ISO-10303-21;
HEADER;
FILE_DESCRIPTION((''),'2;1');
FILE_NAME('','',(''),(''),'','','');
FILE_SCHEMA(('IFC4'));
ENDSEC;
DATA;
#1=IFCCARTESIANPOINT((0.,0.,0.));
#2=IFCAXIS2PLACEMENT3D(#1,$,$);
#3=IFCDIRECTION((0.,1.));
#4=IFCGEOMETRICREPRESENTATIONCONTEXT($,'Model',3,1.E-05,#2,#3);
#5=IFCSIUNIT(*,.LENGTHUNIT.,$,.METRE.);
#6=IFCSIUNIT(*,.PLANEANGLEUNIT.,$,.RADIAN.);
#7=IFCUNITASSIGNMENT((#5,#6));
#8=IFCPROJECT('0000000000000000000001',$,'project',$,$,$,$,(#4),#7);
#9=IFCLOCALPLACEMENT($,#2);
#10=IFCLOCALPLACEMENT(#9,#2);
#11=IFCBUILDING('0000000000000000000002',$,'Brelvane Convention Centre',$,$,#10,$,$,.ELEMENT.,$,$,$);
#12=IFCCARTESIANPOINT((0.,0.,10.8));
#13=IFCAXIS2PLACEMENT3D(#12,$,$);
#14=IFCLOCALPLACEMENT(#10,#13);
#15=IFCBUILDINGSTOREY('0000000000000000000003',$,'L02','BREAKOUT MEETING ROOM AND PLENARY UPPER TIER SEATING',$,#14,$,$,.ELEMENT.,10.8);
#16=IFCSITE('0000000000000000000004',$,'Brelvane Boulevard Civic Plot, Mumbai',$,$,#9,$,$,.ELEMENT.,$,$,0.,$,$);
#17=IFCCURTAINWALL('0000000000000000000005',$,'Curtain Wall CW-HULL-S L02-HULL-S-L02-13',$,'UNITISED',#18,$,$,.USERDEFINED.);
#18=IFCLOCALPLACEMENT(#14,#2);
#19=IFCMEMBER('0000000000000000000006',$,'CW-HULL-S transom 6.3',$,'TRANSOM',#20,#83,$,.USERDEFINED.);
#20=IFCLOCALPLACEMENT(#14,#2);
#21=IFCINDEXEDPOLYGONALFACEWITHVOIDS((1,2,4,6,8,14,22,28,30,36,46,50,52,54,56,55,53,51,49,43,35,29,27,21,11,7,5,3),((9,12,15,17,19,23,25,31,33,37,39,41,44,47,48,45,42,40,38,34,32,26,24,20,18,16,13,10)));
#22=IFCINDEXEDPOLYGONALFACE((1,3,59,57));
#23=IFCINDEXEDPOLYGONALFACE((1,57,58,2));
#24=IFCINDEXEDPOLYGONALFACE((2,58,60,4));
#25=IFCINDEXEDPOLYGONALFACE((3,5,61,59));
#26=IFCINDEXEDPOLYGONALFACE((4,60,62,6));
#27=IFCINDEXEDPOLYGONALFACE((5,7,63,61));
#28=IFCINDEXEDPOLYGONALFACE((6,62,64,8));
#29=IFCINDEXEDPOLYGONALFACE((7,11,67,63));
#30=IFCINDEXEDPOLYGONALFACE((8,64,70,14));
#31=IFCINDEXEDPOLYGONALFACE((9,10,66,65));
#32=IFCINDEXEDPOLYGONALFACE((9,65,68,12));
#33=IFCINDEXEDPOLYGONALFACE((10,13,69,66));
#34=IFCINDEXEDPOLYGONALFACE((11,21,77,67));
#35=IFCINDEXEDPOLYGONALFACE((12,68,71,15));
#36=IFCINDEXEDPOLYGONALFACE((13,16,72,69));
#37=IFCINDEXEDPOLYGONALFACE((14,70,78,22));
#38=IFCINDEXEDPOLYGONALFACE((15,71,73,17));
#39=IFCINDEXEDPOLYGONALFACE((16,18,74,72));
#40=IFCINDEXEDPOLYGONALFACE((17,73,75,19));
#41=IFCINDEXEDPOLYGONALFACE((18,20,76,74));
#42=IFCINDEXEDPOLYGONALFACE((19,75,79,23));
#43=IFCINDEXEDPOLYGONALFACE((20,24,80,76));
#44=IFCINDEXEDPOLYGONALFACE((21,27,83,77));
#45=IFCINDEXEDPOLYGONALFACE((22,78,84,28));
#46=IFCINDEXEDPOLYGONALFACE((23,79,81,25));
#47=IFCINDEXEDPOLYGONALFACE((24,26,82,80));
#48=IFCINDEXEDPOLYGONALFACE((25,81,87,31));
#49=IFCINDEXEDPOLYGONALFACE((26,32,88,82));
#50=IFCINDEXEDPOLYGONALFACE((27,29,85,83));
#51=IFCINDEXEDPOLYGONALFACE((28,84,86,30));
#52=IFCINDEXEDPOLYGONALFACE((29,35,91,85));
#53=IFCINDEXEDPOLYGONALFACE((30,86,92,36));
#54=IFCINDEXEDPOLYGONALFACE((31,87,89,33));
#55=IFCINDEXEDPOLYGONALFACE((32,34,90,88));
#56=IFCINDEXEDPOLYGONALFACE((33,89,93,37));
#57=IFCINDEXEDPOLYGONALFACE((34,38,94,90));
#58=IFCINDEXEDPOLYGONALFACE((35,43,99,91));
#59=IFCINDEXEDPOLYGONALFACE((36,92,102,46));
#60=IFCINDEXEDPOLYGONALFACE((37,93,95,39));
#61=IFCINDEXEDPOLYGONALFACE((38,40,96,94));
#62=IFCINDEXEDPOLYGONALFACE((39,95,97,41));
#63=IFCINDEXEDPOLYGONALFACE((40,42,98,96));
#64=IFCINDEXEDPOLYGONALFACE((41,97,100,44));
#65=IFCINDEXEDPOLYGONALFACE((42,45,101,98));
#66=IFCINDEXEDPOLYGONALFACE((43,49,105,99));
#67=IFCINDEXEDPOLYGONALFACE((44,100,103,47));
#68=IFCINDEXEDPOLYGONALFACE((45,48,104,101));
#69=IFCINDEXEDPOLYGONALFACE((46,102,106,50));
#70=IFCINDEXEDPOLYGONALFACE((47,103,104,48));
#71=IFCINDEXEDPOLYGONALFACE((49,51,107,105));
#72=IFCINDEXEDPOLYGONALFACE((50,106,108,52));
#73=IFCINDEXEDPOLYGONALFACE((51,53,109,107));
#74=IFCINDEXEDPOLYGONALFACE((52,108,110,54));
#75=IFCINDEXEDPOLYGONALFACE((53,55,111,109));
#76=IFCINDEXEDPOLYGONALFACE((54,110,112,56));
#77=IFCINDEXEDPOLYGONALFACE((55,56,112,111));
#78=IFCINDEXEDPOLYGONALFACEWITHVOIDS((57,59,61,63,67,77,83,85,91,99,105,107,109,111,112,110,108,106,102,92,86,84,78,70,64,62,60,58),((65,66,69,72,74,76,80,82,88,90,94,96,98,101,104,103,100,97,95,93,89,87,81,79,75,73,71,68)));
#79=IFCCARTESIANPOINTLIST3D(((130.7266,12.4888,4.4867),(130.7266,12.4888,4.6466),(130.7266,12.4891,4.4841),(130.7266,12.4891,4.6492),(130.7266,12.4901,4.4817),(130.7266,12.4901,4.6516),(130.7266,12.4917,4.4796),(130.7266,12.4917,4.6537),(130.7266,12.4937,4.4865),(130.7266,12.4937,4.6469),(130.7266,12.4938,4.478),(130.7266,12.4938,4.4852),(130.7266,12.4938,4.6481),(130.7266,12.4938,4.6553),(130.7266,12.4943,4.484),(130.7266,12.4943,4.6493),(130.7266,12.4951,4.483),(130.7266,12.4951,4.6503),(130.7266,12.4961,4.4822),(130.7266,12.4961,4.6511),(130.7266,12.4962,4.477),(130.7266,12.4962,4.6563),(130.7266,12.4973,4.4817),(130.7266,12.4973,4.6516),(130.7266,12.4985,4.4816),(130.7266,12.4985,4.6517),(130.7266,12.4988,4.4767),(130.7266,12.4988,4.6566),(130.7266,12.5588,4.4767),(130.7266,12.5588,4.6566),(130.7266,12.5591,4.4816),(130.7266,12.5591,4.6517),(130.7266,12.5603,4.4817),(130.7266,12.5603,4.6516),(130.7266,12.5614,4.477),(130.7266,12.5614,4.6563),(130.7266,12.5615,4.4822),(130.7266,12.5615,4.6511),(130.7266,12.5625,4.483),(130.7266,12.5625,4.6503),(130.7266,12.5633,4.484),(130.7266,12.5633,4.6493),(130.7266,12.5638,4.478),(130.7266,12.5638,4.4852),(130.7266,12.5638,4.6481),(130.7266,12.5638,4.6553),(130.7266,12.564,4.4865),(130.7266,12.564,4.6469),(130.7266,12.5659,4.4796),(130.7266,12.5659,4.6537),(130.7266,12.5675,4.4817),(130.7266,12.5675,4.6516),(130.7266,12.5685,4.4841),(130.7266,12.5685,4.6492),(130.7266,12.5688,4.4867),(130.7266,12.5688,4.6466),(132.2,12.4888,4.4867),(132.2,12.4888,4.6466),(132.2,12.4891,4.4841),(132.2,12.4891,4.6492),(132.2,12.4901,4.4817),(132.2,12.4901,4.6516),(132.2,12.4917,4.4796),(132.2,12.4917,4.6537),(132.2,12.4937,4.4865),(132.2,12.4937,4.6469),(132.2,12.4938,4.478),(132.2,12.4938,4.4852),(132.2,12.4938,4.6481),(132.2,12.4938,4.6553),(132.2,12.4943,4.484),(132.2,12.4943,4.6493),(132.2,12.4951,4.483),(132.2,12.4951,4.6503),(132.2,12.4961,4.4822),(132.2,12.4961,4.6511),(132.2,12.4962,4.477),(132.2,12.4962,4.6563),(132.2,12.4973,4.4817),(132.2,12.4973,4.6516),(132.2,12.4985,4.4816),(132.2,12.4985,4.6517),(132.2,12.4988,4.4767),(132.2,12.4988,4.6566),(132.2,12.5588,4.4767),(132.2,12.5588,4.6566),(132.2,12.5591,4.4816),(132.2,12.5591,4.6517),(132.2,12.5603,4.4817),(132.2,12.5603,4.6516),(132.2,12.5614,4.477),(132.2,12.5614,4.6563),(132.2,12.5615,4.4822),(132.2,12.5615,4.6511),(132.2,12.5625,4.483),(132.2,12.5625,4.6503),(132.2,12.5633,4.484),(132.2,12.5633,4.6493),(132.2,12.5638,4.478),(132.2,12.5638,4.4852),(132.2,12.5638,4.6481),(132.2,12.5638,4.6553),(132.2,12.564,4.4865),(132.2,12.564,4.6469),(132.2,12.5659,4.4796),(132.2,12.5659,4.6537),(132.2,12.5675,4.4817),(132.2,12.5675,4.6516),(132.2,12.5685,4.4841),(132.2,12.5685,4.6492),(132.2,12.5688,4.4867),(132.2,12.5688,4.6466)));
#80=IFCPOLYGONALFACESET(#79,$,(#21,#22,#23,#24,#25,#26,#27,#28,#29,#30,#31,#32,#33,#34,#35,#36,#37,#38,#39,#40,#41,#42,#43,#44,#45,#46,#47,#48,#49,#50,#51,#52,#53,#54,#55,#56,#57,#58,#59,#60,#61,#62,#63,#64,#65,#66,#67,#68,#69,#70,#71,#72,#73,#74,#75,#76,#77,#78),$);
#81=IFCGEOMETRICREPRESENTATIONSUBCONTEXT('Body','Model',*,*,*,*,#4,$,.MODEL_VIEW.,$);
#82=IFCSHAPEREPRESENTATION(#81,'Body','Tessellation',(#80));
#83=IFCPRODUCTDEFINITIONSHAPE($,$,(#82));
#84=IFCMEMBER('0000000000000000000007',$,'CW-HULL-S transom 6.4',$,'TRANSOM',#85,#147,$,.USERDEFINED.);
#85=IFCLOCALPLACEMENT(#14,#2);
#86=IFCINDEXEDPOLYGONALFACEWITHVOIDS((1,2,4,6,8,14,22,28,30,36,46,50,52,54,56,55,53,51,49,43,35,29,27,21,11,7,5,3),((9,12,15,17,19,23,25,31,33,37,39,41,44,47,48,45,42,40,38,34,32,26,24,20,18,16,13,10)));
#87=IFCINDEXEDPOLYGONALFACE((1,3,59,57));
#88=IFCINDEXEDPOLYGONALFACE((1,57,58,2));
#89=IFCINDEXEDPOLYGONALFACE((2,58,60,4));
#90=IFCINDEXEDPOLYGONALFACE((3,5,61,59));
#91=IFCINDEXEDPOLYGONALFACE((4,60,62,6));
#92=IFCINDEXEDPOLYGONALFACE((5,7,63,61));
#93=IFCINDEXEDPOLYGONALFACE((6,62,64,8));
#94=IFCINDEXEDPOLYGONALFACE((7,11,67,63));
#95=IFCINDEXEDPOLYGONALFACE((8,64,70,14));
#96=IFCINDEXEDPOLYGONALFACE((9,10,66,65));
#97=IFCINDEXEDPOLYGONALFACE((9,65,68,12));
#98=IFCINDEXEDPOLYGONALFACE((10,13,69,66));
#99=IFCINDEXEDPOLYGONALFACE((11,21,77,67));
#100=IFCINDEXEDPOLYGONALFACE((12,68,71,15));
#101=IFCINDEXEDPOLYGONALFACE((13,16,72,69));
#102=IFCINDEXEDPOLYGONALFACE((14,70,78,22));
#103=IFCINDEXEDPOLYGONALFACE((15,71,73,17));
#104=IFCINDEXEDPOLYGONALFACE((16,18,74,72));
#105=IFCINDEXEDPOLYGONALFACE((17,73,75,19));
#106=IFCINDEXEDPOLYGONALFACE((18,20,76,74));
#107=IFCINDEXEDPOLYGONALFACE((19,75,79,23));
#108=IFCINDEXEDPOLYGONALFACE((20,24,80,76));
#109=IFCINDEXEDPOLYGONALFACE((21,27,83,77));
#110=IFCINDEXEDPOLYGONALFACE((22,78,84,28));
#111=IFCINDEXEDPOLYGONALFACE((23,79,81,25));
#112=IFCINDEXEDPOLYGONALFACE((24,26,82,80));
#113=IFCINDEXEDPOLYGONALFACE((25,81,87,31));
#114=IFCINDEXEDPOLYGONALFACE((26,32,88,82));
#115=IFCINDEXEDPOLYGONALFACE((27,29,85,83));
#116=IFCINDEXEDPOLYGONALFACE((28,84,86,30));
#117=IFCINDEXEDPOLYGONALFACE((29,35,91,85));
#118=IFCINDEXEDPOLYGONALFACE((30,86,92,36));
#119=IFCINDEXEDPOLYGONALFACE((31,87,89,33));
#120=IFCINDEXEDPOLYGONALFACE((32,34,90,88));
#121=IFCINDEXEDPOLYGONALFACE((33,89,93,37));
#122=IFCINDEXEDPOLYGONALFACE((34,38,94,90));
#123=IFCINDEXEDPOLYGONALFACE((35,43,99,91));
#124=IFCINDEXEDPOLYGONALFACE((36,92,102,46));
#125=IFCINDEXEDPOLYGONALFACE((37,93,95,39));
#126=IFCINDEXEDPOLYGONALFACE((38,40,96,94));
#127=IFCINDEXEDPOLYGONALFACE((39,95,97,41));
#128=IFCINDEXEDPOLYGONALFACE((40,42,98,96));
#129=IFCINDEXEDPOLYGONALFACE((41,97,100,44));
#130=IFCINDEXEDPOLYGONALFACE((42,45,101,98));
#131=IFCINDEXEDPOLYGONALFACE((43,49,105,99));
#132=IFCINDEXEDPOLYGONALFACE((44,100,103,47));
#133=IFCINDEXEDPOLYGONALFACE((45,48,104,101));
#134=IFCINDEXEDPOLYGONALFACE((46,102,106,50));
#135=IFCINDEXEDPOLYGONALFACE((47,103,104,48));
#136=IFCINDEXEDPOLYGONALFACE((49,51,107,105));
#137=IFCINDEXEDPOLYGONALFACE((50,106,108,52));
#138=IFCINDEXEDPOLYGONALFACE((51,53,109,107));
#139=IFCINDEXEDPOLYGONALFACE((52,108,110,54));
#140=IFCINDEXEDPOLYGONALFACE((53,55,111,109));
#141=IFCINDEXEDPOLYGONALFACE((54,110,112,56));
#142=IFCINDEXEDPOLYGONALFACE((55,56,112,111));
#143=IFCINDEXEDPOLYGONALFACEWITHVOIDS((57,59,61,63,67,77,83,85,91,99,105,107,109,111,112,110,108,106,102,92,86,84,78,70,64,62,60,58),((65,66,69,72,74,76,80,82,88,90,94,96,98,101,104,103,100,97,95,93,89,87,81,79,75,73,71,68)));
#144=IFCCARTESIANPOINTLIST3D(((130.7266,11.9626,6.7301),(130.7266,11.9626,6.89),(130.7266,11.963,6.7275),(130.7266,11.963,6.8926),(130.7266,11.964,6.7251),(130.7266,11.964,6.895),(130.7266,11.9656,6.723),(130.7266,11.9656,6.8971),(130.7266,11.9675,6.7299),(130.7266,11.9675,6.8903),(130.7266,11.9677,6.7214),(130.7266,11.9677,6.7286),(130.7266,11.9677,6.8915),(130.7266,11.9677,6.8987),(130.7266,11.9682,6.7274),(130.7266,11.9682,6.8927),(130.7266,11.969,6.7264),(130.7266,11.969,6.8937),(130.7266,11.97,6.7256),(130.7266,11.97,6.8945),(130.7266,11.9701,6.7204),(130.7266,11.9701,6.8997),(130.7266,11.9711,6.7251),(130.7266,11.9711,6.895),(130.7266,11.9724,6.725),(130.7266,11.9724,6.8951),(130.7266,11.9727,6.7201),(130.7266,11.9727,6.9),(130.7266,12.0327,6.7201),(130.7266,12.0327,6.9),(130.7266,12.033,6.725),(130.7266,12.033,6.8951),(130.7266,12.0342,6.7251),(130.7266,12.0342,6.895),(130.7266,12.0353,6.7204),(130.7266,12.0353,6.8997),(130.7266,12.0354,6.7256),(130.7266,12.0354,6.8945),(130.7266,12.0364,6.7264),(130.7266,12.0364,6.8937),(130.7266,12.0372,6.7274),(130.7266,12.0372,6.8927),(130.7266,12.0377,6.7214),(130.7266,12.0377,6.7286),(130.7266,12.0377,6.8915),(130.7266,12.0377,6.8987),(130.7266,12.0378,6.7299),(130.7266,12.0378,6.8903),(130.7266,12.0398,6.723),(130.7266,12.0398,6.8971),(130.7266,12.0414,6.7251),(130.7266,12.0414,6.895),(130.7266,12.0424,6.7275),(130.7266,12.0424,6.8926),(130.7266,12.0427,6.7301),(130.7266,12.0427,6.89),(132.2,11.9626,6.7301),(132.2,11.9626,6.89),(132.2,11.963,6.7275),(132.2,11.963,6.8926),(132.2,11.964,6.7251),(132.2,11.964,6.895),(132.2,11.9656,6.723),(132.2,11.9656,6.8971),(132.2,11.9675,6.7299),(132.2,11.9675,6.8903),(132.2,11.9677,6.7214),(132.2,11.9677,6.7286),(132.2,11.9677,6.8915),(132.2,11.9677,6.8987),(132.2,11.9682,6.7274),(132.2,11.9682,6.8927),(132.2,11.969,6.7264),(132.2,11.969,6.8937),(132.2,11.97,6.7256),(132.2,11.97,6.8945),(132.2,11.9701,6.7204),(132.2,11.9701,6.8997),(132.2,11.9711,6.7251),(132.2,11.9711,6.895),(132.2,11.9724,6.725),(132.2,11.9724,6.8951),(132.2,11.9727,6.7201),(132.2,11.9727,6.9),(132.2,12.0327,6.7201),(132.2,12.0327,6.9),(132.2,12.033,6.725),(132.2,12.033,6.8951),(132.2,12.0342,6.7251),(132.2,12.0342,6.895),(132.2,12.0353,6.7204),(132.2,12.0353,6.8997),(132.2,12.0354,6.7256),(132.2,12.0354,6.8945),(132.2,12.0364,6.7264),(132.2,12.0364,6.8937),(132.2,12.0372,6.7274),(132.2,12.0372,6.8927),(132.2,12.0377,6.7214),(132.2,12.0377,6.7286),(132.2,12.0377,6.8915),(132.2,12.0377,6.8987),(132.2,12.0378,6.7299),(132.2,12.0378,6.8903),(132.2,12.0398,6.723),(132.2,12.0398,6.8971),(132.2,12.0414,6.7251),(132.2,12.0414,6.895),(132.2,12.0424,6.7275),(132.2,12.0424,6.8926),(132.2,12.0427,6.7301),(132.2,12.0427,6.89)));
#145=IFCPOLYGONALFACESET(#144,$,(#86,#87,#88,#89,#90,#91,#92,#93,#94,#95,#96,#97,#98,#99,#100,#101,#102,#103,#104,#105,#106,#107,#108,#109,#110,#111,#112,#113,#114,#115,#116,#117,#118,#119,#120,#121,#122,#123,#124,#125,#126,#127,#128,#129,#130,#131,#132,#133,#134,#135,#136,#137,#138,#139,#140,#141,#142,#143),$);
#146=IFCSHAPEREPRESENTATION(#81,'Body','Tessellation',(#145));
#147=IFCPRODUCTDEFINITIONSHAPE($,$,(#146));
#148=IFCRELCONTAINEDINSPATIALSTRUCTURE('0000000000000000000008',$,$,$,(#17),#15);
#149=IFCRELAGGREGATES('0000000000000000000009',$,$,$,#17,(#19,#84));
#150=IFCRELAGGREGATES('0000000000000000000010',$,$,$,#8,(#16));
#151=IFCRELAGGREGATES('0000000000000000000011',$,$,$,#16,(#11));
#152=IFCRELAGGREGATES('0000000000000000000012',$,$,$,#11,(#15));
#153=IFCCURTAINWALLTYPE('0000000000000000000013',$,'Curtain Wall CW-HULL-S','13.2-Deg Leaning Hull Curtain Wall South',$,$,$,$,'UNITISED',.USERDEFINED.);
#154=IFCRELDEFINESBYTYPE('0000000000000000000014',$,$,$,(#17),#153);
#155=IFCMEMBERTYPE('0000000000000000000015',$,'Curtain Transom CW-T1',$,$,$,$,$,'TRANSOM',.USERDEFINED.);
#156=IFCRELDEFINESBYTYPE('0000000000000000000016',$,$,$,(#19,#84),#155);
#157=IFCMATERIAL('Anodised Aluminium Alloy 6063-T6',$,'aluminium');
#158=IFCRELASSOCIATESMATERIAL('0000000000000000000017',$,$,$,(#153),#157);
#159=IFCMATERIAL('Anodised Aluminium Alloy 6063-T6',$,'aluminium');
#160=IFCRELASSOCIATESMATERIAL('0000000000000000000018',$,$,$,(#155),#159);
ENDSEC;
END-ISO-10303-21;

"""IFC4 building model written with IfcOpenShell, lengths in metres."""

from ifc_helpers import new_model, si_unit, direction, frame, origin, origin_2d, place, context, subcontext, project, spatial, hollow_rectangle, extrude, material, material_profile, profile_set, type_object, element, aggregate, save


model = new_model("IFC4")

# Units and contexts
model_context = context("Model", 3, precision=1e-05, world=origin(), true_north=direction((0.0, 1.0)))
body_context = subcontext(model_context, "Body", "Model", "MODEL_VIEW")
ifc_project = project(units=[si_unit("LENGTHUNIT", "METRE"), si_unit("PLANEANGLEUNIT", "RADIAN")], contexts=[model_context])

# Site, building, storey
site_placement = place(None, origin())
site = spatial("IfcSite", under=ifc_project, at=site_placement, Name="Brelvane Boulevard Civic Plot, Mumbai", CompositionType="ELEMENT", RefElevation=0.0)
building_placement = place(site_placement, origin())
building = spatial("IfcBuilding", under=site, at=building_placement, Name="Brelvane Convention Centre", CompositionType="ELEMENT")
storey_placement = place(building_placement, frame((0.0, 0.0, 10.8)))
storey = spatial("IfcBuildingStorey", under=building, at=storey_placement, Name="L02", Description="BREAKOUT MEETING ROOM AND PLENARY UPPER TIER SEATING", CompositionType="ELEMENT", Elevation=10.8)

# Curtain wall, members
ifc_material_1 = material(Name="Anodised Aluminium Alloy 6063-T6", Category="aluminium")
curtain_wall_type = type_object("IfcCurtainWallType", Name="Curtain Wall CW-HULL-S", Description="13.2-Deg Leaning Hull Curtain Wall South", ElementType="UNITISED", PredefinedType="USERDEFINED", material=ifc_material_1)
curtain_wall_1_placement = place(storey_placement, origin())
curtain_wall_1 = element("IfcCurtainWall", 1, at=curtain_wall_1_placement, inside=storey, type_object=curtain_wall_type, Name="Curtain Wall CW-HULL-S L02-HULL-S-L02-13", ObjectType="UNITISED", PredefinedType="USERDEFINED")
ifc_material_2 = material(Name="Anodised Aluminium Alloy 6063-T6", Category="aluminium")
ifc_material_profile = material_profile(ifc_material_2, hollow_rectangle(XDim=0.0801, YDim=0.1799, WallThickness=0.0049, InnerFilletRadius=0.0049, OuterFilletRadius=0.01, at=origin_2d()), Name="ALU-T 180x80x5.0")
ifc_profile_set = profile_set([ifc_material_profile], Name="Anodised Aluminium Alloy 6063-T6")
member_type = type_object("IfcMemberType", Name="Curtain Transom CW-T1", ElementType="TRANSOM", PredefinedType="USERDEFINED", material=ifc_profile_set)
member_1_placement = place(storey_placement, frame((130.7266, 12.5288, 4.5667), z_axis=(1.0, 0.0, 0.0), x_axis=(0.0, 1.0, 0.0)))
member_1 = element("IfcMember", 2, at=member_1_placement, type_object=member_type, Name="CW-HULL-S transom 6.3", ObjectType="TRANSOM", PredefinedType="USERDEFINED", context=body_context, shape_type="SweptSolid", body=[
    extrude(hollow_rectangle(XDim=0.0801, YDim=0.1799, WallThickness=0.0049, InnerFilletRadius=0.0049, OuterFilletRadius=0.01, at=origin_2d()), origin(), (0.0, 0.0, 1.0), 1.4734),
])
member_2_placement = place(storey_placement, frame((130.7266, 12.0027, 6.8101), z_axis=(1.0, 0.0, 0.0), x_axis=(0.0, 1.0, 0.0)))
member_2 = element("IfcMember", 3, at=member_2_placement, type_object=member_type, Name="CW-HULL-S transom 6.4", ObjectType="TRANSOM", PredefinedType="USERDEFINED", context=body_context, shape_type="SweptSolid", body=[
    extrude(hollow_rectangle(XDim=0.0801, YDim=0.1799, WallThickness=0.0049, InnerFilletRadius=0.0049, OuterFilletRadius=0.01, at=origin_2d()), origin(), (0.0, 0.0, 1.0), 1.4734),
])

aggregate(curtain_wall_1, [member_1, member_2])

save(model, "model.ifc")
